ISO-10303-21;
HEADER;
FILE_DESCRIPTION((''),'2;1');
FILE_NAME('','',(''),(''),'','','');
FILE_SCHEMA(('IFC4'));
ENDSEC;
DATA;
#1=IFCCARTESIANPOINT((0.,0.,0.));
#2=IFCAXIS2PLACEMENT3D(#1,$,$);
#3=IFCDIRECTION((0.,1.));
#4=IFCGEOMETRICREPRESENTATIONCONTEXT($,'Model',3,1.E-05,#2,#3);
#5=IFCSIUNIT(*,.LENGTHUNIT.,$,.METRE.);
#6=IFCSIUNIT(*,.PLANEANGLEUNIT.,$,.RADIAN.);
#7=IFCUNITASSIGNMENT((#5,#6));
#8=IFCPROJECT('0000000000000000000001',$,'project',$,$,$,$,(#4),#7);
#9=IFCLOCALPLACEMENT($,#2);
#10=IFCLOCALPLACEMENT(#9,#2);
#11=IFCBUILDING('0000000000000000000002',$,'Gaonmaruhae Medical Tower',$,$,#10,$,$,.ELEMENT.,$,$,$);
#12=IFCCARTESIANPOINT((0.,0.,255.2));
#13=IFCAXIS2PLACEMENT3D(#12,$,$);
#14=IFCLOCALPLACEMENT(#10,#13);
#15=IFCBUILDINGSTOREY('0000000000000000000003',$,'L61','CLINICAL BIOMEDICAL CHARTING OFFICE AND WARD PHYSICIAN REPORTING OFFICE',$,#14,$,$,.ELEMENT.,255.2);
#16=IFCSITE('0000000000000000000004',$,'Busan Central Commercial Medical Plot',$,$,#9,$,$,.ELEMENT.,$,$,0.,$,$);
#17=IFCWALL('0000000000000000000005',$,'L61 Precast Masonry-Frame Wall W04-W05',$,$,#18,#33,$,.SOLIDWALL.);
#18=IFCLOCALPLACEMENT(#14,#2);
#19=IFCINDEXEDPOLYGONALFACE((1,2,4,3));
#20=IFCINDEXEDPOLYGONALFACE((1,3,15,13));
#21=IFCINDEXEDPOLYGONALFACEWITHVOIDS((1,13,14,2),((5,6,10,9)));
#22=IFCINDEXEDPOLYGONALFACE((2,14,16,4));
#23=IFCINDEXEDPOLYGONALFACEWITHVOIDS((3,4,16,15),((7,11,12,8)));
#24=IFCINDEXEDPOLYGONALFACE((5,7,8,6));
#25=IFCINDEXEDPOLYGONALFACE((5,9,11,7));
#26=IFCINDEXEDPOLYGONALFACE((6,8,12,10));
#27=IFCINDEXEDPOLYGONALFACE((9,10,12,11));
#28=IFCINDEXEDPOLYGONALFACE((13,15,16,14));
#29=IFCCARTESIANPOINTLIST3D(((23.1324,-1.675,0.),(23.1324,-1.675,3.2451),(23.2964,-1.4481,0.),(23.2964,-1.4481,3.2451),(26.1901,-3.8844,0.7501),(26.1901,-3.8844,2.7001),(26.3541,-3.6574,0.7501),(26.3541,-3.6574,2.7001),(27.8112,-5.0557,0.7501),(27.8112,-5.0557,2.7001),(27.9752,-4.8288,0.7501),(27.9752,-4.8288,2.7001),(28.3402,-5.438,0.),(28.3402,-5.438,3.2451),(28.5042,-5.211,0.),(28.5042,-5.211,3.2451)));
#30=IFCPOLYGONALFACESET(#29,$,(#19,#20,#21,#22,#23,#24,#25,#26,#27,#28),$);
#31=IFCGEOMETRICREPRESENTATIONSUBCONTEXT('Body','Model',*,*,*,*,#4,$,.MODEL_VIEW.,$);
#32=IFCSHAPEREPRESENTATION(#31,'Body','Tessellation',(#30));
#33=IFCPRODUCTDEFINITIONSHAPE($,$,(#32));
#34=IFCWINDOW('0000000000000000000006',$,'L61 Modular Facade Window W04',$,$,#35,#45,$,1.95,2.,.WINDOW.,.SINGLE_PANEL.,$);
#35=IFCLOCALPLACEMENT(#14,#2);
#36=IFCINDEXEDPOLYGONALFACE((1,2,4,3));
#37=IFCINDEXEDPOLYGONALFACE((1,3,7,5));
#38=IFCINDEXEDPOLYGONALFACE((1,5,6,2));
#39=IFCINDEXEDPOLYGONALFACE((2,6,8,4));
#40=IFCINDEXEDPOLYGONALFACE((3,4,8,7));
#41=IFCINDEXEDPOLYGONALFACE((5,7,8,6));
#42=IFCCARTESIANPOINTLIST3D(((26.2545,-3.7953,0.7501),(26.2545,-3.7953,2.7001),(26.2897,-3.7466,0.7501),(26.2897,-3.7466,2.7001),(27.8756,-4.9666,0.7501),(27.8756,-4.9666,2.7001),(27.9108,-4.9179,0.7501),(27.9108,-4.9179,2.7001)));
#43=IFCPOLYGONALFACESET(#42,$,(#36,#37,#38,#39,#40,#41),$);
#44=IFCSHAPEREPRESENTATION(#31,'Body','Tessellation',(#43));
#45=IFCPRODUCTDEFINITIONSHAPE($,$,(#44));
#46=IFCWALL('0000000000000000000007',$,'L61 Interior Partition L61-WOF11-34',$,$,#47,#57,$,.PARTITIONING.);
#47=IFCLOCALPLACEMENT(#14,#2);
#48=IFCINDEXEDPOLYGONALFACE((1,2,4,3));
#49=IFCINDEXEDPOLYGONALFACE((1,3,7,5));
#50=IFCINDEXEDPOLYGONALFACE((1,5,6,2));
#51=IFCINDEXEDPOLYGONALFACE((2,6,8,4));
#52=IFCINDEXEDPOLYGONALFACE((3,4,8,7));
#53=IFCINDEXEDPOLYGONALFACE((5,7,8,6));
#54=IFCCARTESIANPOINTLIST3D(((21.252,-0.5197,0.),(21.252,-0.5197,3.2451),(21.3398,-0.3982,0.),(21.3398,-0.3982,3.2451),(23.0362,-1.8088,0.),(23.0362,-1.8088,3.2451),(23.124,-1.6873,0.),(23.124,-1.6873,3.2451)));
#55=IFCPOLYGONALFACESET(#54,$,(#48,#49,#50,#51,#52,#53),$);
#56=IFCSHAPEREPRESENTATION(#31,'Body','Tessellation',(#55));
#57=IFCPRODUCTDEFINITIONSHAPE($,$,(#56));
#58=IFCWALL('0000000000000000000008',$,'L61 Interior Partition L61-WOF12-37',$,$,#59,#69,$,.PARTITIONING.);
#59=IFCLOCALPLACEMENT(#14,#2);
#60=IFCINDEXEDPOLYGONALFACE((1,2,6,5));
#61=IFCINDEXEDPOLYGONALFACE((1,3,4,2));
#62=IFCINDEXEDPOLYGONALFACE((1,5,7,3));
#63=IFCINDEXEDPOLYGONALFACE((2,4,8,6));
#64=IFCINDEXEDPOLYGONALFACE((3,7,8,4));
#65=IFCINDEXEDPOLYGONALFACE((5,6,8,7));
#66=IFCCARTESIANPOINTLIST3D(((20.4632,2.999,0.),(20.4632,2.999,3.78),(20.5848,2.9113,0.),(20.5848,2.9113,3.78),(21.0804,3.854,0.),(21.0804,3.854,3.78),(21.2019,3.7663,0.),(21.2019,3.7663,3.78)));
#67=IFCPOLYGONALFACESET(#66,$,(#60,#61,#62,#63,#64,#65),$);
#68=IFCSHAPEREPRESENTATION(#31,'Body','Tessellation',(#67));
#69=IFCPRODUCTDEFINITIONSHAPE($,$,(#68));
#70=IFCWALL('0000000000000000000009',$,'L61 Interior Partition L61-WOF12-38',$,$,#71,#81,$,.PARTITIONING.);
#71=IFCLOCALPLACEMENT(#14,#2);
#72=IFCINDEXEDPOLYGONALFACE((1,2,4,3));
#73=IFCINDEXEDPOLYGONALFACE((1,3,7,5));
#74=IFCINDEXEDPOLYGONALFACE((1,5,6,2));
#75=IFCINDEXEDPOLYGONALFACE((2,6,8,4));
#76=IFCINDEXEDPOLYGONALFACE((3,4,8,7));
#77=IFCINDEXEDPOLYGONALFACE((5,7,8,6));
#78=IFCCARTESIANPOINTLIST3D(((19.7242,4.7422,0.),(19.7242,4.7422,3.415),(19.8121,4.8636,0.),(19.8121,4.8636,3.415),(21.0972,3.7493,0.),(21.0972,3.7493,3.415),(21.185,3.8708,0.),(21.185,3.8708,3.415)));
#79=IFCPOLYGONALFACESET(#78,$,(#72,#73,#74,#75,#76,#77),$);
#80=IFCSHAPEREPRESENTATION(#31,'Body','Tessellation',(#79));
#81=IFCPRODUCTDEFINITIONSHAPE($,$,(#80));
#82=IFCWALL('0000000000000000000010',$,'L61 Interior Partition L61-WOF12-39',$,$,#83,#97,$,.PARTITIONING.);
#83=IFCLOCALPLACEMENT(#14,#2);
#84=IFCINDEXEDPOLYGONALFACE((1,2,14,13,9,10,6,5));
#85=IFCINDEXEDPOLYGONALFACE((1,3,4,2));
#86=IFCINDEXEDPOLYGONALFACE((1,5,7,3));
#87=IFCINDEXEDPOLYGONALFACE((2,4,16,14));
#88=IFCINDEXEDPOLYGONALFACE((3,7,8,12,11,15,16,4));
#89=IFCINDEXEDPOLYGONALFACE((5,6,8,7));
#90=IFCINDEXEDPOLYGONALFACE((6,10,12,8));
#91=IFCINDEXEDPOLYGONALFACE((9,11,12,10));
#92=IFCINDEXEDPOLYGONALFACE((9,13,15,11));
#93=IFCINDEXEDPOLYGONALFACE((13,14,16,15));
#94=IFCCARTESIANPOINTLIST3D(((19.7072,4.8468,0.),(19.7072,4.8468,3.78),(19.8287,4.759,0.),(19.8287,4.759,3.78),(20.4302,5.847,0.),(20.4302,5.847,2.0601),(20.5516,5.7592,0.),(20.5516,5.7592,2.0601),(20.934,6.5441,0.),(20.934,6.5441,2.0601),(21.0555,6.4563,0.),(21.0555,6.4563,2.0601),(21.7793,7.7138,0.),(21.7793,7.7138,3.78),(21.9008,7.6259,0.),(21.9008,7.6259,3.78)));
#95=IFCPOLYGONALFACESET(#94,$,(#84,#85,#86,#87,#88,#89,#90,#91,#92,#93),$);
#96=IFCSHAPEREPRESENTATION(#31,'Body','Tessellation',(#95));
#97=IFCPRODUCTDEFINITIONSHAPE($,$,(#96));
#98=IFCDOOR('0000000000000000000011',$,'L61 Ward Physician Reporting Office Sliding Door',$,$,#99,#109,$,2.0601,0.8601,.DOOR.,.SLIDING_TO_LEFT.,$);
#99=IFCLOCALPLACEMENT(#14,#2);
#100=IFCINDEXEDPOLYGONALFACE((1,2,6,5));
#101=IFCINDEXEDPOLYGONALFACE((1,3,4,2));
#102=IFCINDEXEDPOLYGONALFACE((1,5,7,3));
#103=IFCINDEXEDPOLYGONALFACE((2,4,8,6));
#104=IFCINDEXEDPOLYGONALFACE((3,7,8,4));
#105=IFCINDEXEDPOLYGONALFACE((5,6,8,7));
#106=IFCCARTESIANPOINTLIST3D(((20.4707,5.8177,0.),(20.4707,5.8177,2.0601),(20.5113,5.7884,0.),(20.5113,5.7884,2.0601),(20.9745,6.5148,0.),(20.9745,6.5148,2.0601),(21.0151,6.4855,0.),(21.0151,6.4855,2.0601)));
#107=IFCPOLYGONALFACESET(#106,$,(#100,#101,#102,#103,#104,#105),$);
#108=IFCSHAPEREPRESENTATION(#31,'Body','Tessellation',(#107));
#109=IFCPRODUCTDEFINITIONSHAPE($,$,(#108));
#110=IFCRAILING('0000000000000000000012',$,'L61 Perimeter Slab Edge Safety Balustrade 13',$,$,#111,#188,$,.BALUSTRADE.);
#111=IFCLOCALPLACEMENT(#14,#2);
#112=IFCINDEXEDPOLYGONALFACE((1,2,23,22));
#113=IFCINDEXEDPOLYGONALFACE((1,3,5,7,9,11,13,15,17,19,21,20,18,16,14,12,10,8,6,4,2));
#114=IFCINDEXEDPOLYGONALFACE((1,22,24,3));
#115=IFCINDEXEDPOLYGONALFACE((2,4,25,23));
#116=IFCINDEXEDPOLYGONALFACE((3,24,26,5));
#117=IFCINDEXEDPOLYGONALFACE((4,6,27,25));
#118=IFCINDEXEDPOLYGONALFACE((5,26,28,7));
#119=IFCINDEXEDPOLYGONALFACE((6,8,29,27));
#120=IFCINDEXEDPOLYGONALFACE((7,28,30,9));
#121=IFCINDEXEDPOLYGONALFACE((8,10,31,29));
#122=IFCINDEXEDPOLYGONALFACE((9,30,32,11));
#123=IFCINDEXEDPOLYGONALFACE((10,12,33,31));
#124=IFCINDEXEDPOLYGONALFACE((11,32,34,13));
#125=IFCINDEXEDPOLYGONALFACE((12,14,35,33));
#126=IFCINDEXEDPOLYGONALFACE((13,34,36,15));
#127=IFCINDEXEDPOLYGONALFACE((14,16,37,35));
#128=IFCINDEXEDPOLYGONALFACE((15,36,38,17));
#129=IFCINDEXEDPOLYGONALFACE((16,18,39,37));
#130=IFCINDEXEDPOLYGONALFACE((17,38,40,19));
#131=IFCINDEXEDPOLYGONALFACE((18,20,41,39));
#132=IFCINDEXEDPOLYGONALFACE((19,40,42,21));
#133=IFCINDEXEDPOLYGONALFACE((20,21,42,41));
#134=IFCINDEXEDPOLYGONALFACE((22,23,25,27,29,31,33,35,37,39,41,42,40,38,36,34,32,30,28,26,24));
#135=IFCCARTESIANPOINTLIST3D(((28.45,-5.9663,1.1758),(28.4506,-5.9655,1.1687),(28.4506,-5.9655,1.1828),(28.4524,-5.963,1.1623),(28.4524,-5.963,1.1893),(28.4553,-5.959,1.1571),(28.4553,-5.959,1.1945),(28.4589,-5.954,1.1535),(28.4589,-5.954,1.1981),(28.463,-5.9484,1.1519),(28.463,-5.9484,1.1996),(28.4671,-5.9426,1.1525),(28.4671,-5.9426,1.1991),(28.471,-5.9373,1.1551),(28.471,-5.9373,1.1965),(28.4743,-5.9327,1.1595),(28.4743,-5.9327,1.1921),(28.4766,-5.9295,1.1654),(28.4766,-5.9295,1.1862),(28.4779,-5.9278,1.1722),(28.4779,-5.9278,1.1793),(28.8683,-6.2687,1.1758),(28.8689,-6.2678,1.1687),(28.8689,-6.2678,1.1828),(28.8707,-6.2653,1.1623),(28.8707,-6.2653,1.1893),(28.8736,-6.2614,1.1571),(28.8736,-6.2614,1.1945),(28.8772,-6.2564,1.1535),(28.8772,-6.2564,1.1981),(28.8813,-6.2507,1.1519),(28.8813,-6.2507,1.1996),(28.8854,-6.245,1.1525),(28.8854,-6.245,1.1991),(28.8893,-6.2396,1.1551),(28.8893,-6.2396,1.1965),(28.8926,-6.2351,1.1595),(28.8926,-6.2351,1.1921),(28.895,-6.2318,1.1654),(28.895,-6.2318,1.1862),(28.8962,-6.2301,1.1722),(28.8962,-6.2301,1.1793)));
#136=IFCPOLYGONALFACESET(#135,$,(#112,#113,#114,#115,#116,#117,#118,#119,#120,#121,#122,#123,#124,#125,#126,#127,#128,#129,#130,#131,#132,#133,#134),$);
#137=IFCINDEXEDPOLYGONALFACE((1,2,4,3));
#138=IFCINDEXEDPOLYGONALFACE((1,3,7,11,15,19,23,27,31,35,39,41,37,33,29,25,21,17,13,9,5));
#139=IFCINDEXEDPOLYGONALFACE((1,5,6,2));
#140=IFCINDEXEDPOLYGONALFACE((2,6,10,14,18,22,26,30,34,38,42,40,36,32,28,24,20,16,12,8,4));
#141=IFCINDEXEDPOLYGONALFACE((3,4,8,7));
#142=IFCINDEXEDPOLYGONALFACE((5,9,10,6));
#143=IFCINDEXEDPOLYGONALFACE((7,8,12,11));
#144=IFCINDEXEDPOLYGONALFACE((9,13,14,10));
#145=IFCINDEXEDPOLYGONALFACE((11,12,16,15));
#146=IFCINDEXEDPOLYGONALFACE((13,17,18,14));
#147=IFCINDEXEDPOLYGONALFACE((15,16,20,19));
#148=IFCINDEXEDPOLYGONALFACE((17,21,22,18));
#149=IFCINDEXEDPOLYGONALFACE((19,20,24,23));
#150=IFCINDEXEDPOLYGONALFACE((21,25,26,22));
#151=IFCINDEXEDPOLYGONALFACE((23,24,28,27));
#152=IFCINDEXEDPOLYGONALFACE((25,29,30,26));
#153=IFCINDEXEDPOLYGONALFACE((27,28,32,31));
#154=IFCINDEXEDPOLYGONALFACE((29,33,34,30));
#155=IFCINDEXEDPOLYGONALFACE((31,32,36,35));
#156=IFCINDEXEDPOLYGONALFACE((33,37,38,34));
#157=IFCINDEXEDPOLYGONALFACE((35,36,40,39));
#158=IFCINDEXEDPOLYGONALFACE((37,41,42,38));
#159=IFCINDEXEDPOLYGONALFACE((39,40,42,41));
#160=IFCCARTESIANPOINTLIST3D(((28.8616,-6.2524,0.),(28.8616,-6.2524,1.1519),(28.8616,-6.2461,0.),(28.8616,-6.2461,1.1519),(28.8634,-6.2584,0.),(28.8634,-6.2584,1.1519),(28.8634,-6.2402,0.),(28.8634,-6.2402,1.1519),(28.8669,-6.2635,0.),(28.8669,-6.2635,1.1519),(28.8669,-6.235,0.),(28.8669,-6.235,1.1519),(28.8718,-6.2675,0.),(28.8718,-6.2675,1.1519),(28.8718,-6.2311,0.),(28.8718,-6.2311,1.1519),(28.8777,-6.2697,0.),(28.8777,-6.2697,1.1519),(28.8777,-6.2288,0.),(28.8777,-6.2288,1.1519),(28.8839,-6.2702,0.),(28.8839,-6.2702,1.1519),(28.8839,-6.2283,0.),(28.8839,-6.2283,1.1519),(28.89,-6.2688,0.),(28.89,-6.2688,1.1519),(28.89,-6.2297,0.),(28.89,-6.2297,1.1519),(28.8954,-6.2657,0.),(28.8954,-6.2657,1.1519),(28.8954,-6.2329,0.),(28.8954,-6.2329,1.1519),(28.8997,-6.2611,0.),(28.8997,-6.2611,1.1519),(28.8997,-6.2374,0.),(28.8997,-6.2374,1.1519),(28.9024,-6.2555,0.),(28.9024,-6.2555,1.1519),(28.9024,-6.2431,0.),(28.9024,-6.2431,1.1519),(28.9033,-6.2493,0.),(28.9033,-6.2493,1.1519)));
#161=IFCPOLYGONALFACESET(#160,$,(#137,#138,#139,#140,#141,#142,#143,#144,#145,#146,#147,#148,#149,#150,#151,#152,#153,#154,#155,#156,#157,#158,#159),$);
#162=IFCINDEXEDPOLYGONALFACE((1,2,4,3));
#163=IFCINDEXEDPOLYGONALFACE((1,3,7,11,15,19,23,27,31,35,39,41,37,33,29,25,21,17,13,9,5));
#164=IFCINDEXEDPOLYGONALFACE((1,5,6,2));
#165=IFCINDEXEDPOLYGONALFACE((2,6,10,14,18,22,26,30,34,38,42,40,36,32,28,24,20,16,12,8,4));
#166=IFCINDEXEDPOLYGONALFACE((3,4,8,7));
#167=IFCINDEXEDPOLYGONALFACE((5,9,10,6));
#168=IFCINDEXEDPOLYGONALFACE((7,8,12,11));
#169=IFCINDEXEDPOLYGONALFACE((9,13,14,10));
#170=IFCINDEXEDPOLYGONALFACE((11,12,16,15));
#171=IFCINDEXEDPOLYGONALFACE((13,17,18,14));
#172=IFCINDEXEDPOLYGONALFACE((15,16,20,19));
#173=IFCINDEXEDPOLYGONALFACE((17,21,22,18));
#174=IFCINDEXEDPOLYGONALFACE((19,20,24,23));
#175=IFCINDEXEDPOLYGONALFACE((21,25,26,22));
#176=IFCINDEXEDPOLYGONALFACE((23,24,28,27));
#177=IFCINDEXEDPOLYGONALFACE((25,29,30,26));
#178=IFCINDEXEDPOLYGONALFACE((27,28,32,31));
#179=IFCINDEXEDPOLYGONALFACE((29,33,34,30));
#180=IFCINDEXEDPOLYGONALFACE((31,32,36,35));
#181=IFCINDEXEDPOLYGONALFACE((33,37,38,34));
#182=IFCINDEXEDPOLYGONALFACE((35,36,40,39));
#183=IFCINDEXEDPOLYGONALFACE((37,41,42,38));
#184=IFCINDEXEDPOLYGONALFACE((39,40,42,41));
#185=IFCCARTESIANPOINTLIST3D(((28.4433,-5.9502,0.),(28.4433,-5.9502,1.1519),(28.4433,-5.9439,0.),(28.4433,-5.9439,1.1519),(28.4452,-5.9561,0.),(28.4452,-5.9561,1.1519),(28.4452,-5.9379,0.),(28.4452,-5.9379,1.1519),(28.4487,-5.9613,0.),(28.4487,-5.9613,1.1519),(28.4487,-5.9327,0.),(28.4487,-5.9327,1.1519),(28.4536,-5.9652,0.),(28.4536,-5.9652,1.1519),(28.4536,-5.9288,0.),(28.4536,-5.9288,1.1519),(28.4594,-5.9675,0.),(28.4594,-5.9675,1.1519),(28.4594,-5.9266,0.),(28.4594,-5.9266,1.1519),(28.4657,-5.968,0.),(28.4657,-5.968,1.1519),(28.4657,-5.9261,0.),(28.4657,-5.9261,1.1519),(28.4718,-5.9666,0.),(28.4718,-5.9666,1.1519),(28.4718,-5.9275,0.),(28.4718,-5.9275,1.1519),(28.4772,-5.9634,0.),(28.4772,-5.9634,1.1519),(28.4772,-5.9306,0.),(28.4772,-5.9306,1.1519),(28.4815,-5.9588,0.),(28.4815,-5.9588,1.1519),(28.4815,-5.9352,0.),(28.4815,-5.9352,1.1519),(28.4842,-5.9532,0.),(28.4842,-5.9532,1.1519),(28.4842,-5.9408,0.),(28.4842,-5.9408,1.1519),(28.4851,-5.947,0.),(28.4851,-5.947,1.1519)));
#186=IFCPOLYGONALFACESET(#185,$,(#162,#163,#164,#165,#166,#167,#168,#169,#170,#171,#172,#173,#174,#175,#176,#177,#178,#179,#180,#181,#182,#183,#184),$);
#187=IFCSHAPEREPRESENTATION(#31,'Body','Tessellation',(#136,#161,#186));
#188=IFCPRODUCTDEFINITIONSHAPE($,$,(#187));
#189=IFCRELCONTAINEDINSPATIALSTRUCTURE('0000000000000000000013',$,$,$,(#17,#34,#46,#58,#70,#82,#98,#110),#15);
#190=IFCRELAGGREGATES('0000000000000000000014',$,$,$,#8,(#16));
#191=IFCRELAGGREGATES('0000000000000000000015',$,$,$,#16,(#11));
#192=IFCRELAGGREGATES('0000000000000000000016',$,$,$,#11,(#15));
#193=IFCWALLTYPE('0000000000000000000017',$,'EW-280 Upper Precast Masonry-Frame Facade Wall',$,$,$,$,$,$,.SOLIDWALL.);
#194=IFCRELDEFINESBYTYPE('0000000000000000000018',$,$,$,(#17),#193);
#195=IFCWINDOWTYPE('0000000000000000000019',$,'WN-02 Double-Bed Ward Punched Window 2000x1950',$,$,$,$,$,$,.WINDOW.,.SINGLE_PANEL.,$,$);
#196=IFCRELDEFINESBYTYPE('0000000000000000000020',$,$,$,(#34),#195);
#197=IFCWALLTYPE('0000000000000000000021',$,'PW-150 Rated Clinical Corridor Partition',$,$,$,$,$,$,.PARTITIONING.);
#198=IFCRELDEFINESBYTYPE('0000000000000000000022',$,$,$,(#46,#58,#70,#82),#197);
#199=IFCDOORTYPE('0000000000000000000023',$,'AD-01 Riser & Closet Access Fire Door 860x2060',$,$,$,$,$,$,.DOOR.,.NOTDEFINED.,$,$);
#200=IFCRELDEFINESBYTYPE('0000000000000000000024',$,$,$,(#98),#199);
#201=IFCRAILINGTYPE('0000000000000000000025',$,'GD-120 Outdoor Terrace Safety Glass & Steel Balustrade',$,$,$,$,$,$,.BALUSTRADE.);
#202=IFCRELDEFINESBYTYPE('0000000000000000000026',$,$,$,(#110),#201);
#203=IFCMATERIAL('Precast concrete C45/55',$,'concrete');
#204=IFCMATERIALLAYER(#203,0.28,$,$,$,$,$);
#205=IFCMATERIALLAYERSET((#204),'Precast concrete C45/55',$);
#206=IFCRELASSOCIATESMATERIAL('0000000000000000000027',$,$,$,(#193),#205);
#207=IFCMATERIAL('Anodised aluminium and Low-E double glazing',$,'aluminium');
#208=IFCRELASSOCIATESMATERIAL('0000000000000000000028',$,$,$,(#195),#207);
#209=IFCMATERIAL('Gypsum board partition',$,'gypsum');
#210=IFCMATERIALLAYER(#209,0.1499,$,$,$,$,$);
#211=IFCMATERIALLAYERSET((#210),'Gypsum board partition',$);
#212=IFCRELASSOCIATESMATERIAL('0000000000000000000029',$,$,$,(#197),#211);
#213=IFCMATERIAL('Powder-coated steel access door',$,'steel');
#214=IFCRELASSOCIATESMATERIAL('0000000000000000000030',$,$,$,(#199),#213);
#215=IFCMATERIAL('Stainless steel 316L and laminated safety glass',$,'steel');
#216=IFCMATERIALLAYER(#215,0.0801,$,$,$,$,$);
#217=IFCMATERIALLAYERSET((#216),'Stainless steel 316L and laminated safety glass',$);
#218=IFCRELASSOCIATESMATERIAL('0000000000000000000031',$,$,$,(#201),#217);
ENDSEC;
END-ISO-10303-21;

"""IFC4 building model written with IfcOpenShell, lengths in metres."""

from ifc_helpers import new_model, si_unit, direction, frame, frame_2d, origin, origin_2d, place, context, subcontext, project, spatial, rectangle, circle, extrude, material, layer, layer_set, type_object, element, fill, save


model = new_model("IFC4")

# Units and contexts
model_context = context("Model", 3, precision=1e-05, world=origin(), true_north=direction((0.0, 1.0)))
body_context = subcontext(model_context, "Body", "Model", "MODEL_VIEW")
ifc_project = project(units=[si_unit("LENGTHUNIT", "METRE"), si_unit("PLANEANGLEUNIT", "RADIAN")], contexts=[model_context])

# Site, building, storey
site_placement = place(None, origin())
site = spatial("IfcSite", under=ifc_project, at=site_placement, Name="Busan Central Commercial Medical Plot", CompositionType="ELEMENT", RefElevation=0.0)
building_placement = place(site_placement, origin())
building = spatial("IfcBuilding", under=site, at=building_placement, Name="Gaonmaruhae Medical Tower", CompositionType="ELEMENT")
storey_placement = place(building_placement, frame((0.0, 0.0, 255.2)))
storey = spatial("IfcBuildingStorey", under=building, at=storey_placement, Name="L61", Description="CLINICAL BIOMEDICAL CHARTING OFFICE AND WARD PHYSICIAN REPORTING OFFICE", CompositionType="ELEMENT", Elevation=255.2)

# Shared definitions
ifc_material_1 = material(Name="Precast concrete C45/55", Category="concrete")

# Wall, opening, window
ifc_layer_1 = layer(ifc_material_1, 0.28)
ifc_layer_set_1 = layer_set([ifc_layer_1], Name="Precast concrete C45/55")
wall_type_1 = type_object("IfcWallType", Name="EW-280 Upper Precast Masonry-Frame Facade Wall", PredefinedType="SOLIDWALL", material=ifc_layer_set_1)
wall_1_placement = place(storey_placement, frame((28.4221, -5.3245, 0.0), z_axis=(0.0, 0.0, 1.0), x_axis=(-0.810548, 0.585672, 0.0)))
wall_1 = element("IfcWall", 1, at=wall_1_placement, inside=storey, type_object=wall_type_1, Name="L61 Precast Masonry-Frame Wall W04-W05", PredefinedType="SOLIDWALL", context=body_context, shape_type="SweptSolid", body=[
    extrude(rectangle(XDim=6.425, YDim=0.28, at=frame_2d((3.2124, 0.0))), origin(), (0.0, 0.0, 1.0), 3.2451),
])
opening_1_placement = place(wall_1_placement, frame((0.6526, 0.0, 0.75)))
opening_1 = element("IfcOpeningElement", 2, at=opening_1_placement, cuts=wall_1, PredefinedType="OPENING", context=body_context, shape_type="SweptSolid", body=[
    extrude(rectangle(XDim=2.0, YDim=1.95, at=frame_2d((1.0, 0.9751))), frame((0.0, 0.1499, 0.0), z_axis=(0.0, -1.0, 0.0), x_axis=(1.0, 0.0, 0.0)), (0.0, 0.0, 1.0), 0.3),
])
ifc_material_2 = material(Name="Anodised aluminium and Low-E double glazing", Category="aluminium")
window_type = type_object("IfcWindowType", Name="WN-02 Double-Bed Ward Punched Window 2000x1950", PartitioningType="SINGLE_PANEL", PredefinedType="WINDOW", material=ifc_material_2)
window_placement = place(opening_1_placement, origin())
window = element("IfcWindow", 3, at=window_placement, inside=storey, type_object=window_type, Name="L61 Modular Facade Window W04", OverallHeight=1.95, OverallWidth=2.0, PartitioningType="SINGLE_PANEL", PredefinedType="WINDOW", context=body_context, shape_type="SweptSolid", body=[
    extrude(rectangle(XDim=2.0, YDim=1.95, at=frame_2d((1.0, 0.9751))), frame((0.0, 0.03, 0.0), z_axis=(0.0, -1.0, 0.0), x_axis=(1.0, 0.0, 0.0)), (0.0, 0.0, 1.0), 0.0601),
])
fill(opening_1, window)

# Walls
ifc_material_3 = material(Name="Gypsum board partition", Category="gypsum")
ifc_layer_2 = layer(ifc_material_3, 0.1499)
ifc_layer_set_2 = layer_set([ifc_layer_2], Name="Gypsum board partition")
wall_type_2 = type_object("IfcWallType", Name="PW-150 Rated Clinical Corridor Partition", PredefinedType="PARTITIONING", material=ifc_layer_set_2)
wall_2_placement = place(storey_placement, frame((23.0801, -1.748, 0.0), z_axis=(0.0, 0.0, 1.0), x_axis=(-0.810574, 0.585636, 0.0)))
element("IfcWall", 4, at=wall_2_placement, inside=storey, type_object=wall_type_2, Name="L61 Interior Partition L61-WOF11-34", PredefinedType="PARTITIONING", context=body_context, shape_type="SweptSolid", body=[
    extrude(rectangle(XDim=2.2012, YDim=0.1499, at=frame_2d((1.1006, 0.0))), origin(), (0.0, 0.0, 1.0), 3.2451),
])
wall_3_placement = place(storey_placement, frame((20.5239, 2.9551, 0.0), z_axis=(0.0, 0.0, 1.0), x_axis=(0.585305, 0.810814, 0.0)))
element("IfcWall", 5, at=wall_3_placement, inside=storey, type_object=wall_type_2, Name="L61 Interior Partition L61-WOF12-37", PredefinedType="PARTITIONING", context=body_context, shape_type="SweptSolid", body=[
    extrude(rectangle(XDim=1.0544, YDim=0.1499, at=frame_2d((0.5273, 0.0))), origin(), (0.0, 0.0, 1.0), 3.78),
])
wall_4_placement = place(storey_placement, frame((21.1411, 3.8101, 0.0), z_axis=(0.0, 0.0, 1.0), x_axis=(-0.810322, 0.585985, 0.0)))
element("IfcWall", 6, at=wall_4_placement, inside=storey, type_object=wall_type_2, Name="L61 Interior Partition L61-WOF12-38", PredefinedType="PARTITIONING", context=body_context, shape_type="SweptSolid", body=[
    extrude(rectangle(XDim=1.6943, YDim=0.1499, at=frame_2d((0.8472, 0.0))), origin(), (0.0, 0.0, 1.0), 3.415),
])

# Wall, opening, door
wall_5_placement = place(storey_placement, frame((19.7681, 4.803, 0.0), z_axis=(0.0, 0.0, 1.0), x_axis=(0.58576, 0.810484, 0.0)))
wall_5 = element("IfcWall", 7, at=wall_5_placement, inside=storey, type_object=wall_type_2, Name="L61 Interior Partition L61-WOF12-39", PredefinedType="PARTITIONING", context=body_context, shape_type="SweptSolid", body=[
    extrude(rectangle(XDim=3.5374, YDim=0.1499, at=frame_2d((1.7686, 0.0))), origin(), (0.0, 0.0, 1.0), 3.78),
])
opening_2_placement = place(wall_5_placement, frame((1.2339, 0.0, 0.0)))
opening_2 = element("IfcOpeningElement", 8, at=opening_2_placement, cuts=wall_5, PredefinedType="OPENING", context=body_context, shape_type="SweptSolid", body=[
    extrude(rectangle(XDim=0.8601, YDim=2.0601, at=frame_2d((0.4302, 1.03))), frame((0.0, 0.085, 0.0), z_axis=(0.0, -1.0, 0.0), x_axis=(1.0, 0.0, 0.0)), (0.0, 0.0, 1.0), 0.1699),
])
ifc_material_4 = material(Name="Powder-coated steel access door", Category="steel")
door_type_1 = type_object("IfcDoorType", Name="AD-01 Riser & Closet Access Fire Door 860x2060", OperationType="NOTDEFINED", PredefinedType="DOOR", material=ifc_material_4)
door_1_placement = place(opening_2_placement, origin())
door_1 = element("IfcDoor", 9, at=door_1_placement, inside=storey, type_object=door_type_1, Name="L61 Ward Physician Reporting Office Sliding Door", OperationType="SLIDING_TO_LEFT", OverallHeight=2.0601, OverallWidth=0.8601, PredefinedType="DOOR", context=body_context, shape_type="SweptSolid", body=[
    extrude(rectangle(XDim=0.8601, YDim=2.0601, at=frame_2d((0.4302, 1.03))), frame((0.0, 0.0249, 0.0), z_axis=(0.0, -1.0, 0.0), x_axis=(1.0, 0.0, 0.0)), (0.0, 0.0, 1.0), 0.05),
])
fill(opening_2, door_1)

# Railing
ifc_material_5 = material(Name="Stainless steel 316L and laminated safety glass", Category="steel")
ifc_layer_3 = layer(ifc_material_5, 0.0801)
ifc_layer_set_3 = layer_set([ifc_layer_3], Name="Stainless steel 316L and laminated safety glass")
railing_type = type_object("IfcRailingType", Name="GD-120 Outdoor Terrace Safety Glass & Steel Balustrade", PredefinedType="BALUSTRADE", material=ifc_layer_set_3)
railing_1_placement = place(storey_placement, frame((28.8823, -6.2493, 0.0)))
element("IfcRailing", 10, at=railing_1_placement, inside=storey, type_object=railing_type, Name="L61 Perimeter Slab Edge Safety Balustrade 13", PredefinedType="BALUSTRADE", context=body_context, shape_type="SweptSolid", body=[
    extrude(circle(Radius=0.0239, at=origin_2d()), frame((0.0, 0.0, 1.1758), z_axis=(-0.810492, 0.58575, 0.0), x_axis=(-0.58575, -0.810492, 0.0)), (0.0, 0.0, 1.0), 0.5161),
    extrude(circle(Radius=0.021, at=origin_2d()), origin(), (0.0, 0.0, 1.0), 1.1519),
    extrude(circle(Radius=0.021, at=origin_2d()), frame((-0.4182, 0.3022, 0.0)), (0.0, 0.0, 1.0), 1.1519),
])

save(model, "model.ifc")
